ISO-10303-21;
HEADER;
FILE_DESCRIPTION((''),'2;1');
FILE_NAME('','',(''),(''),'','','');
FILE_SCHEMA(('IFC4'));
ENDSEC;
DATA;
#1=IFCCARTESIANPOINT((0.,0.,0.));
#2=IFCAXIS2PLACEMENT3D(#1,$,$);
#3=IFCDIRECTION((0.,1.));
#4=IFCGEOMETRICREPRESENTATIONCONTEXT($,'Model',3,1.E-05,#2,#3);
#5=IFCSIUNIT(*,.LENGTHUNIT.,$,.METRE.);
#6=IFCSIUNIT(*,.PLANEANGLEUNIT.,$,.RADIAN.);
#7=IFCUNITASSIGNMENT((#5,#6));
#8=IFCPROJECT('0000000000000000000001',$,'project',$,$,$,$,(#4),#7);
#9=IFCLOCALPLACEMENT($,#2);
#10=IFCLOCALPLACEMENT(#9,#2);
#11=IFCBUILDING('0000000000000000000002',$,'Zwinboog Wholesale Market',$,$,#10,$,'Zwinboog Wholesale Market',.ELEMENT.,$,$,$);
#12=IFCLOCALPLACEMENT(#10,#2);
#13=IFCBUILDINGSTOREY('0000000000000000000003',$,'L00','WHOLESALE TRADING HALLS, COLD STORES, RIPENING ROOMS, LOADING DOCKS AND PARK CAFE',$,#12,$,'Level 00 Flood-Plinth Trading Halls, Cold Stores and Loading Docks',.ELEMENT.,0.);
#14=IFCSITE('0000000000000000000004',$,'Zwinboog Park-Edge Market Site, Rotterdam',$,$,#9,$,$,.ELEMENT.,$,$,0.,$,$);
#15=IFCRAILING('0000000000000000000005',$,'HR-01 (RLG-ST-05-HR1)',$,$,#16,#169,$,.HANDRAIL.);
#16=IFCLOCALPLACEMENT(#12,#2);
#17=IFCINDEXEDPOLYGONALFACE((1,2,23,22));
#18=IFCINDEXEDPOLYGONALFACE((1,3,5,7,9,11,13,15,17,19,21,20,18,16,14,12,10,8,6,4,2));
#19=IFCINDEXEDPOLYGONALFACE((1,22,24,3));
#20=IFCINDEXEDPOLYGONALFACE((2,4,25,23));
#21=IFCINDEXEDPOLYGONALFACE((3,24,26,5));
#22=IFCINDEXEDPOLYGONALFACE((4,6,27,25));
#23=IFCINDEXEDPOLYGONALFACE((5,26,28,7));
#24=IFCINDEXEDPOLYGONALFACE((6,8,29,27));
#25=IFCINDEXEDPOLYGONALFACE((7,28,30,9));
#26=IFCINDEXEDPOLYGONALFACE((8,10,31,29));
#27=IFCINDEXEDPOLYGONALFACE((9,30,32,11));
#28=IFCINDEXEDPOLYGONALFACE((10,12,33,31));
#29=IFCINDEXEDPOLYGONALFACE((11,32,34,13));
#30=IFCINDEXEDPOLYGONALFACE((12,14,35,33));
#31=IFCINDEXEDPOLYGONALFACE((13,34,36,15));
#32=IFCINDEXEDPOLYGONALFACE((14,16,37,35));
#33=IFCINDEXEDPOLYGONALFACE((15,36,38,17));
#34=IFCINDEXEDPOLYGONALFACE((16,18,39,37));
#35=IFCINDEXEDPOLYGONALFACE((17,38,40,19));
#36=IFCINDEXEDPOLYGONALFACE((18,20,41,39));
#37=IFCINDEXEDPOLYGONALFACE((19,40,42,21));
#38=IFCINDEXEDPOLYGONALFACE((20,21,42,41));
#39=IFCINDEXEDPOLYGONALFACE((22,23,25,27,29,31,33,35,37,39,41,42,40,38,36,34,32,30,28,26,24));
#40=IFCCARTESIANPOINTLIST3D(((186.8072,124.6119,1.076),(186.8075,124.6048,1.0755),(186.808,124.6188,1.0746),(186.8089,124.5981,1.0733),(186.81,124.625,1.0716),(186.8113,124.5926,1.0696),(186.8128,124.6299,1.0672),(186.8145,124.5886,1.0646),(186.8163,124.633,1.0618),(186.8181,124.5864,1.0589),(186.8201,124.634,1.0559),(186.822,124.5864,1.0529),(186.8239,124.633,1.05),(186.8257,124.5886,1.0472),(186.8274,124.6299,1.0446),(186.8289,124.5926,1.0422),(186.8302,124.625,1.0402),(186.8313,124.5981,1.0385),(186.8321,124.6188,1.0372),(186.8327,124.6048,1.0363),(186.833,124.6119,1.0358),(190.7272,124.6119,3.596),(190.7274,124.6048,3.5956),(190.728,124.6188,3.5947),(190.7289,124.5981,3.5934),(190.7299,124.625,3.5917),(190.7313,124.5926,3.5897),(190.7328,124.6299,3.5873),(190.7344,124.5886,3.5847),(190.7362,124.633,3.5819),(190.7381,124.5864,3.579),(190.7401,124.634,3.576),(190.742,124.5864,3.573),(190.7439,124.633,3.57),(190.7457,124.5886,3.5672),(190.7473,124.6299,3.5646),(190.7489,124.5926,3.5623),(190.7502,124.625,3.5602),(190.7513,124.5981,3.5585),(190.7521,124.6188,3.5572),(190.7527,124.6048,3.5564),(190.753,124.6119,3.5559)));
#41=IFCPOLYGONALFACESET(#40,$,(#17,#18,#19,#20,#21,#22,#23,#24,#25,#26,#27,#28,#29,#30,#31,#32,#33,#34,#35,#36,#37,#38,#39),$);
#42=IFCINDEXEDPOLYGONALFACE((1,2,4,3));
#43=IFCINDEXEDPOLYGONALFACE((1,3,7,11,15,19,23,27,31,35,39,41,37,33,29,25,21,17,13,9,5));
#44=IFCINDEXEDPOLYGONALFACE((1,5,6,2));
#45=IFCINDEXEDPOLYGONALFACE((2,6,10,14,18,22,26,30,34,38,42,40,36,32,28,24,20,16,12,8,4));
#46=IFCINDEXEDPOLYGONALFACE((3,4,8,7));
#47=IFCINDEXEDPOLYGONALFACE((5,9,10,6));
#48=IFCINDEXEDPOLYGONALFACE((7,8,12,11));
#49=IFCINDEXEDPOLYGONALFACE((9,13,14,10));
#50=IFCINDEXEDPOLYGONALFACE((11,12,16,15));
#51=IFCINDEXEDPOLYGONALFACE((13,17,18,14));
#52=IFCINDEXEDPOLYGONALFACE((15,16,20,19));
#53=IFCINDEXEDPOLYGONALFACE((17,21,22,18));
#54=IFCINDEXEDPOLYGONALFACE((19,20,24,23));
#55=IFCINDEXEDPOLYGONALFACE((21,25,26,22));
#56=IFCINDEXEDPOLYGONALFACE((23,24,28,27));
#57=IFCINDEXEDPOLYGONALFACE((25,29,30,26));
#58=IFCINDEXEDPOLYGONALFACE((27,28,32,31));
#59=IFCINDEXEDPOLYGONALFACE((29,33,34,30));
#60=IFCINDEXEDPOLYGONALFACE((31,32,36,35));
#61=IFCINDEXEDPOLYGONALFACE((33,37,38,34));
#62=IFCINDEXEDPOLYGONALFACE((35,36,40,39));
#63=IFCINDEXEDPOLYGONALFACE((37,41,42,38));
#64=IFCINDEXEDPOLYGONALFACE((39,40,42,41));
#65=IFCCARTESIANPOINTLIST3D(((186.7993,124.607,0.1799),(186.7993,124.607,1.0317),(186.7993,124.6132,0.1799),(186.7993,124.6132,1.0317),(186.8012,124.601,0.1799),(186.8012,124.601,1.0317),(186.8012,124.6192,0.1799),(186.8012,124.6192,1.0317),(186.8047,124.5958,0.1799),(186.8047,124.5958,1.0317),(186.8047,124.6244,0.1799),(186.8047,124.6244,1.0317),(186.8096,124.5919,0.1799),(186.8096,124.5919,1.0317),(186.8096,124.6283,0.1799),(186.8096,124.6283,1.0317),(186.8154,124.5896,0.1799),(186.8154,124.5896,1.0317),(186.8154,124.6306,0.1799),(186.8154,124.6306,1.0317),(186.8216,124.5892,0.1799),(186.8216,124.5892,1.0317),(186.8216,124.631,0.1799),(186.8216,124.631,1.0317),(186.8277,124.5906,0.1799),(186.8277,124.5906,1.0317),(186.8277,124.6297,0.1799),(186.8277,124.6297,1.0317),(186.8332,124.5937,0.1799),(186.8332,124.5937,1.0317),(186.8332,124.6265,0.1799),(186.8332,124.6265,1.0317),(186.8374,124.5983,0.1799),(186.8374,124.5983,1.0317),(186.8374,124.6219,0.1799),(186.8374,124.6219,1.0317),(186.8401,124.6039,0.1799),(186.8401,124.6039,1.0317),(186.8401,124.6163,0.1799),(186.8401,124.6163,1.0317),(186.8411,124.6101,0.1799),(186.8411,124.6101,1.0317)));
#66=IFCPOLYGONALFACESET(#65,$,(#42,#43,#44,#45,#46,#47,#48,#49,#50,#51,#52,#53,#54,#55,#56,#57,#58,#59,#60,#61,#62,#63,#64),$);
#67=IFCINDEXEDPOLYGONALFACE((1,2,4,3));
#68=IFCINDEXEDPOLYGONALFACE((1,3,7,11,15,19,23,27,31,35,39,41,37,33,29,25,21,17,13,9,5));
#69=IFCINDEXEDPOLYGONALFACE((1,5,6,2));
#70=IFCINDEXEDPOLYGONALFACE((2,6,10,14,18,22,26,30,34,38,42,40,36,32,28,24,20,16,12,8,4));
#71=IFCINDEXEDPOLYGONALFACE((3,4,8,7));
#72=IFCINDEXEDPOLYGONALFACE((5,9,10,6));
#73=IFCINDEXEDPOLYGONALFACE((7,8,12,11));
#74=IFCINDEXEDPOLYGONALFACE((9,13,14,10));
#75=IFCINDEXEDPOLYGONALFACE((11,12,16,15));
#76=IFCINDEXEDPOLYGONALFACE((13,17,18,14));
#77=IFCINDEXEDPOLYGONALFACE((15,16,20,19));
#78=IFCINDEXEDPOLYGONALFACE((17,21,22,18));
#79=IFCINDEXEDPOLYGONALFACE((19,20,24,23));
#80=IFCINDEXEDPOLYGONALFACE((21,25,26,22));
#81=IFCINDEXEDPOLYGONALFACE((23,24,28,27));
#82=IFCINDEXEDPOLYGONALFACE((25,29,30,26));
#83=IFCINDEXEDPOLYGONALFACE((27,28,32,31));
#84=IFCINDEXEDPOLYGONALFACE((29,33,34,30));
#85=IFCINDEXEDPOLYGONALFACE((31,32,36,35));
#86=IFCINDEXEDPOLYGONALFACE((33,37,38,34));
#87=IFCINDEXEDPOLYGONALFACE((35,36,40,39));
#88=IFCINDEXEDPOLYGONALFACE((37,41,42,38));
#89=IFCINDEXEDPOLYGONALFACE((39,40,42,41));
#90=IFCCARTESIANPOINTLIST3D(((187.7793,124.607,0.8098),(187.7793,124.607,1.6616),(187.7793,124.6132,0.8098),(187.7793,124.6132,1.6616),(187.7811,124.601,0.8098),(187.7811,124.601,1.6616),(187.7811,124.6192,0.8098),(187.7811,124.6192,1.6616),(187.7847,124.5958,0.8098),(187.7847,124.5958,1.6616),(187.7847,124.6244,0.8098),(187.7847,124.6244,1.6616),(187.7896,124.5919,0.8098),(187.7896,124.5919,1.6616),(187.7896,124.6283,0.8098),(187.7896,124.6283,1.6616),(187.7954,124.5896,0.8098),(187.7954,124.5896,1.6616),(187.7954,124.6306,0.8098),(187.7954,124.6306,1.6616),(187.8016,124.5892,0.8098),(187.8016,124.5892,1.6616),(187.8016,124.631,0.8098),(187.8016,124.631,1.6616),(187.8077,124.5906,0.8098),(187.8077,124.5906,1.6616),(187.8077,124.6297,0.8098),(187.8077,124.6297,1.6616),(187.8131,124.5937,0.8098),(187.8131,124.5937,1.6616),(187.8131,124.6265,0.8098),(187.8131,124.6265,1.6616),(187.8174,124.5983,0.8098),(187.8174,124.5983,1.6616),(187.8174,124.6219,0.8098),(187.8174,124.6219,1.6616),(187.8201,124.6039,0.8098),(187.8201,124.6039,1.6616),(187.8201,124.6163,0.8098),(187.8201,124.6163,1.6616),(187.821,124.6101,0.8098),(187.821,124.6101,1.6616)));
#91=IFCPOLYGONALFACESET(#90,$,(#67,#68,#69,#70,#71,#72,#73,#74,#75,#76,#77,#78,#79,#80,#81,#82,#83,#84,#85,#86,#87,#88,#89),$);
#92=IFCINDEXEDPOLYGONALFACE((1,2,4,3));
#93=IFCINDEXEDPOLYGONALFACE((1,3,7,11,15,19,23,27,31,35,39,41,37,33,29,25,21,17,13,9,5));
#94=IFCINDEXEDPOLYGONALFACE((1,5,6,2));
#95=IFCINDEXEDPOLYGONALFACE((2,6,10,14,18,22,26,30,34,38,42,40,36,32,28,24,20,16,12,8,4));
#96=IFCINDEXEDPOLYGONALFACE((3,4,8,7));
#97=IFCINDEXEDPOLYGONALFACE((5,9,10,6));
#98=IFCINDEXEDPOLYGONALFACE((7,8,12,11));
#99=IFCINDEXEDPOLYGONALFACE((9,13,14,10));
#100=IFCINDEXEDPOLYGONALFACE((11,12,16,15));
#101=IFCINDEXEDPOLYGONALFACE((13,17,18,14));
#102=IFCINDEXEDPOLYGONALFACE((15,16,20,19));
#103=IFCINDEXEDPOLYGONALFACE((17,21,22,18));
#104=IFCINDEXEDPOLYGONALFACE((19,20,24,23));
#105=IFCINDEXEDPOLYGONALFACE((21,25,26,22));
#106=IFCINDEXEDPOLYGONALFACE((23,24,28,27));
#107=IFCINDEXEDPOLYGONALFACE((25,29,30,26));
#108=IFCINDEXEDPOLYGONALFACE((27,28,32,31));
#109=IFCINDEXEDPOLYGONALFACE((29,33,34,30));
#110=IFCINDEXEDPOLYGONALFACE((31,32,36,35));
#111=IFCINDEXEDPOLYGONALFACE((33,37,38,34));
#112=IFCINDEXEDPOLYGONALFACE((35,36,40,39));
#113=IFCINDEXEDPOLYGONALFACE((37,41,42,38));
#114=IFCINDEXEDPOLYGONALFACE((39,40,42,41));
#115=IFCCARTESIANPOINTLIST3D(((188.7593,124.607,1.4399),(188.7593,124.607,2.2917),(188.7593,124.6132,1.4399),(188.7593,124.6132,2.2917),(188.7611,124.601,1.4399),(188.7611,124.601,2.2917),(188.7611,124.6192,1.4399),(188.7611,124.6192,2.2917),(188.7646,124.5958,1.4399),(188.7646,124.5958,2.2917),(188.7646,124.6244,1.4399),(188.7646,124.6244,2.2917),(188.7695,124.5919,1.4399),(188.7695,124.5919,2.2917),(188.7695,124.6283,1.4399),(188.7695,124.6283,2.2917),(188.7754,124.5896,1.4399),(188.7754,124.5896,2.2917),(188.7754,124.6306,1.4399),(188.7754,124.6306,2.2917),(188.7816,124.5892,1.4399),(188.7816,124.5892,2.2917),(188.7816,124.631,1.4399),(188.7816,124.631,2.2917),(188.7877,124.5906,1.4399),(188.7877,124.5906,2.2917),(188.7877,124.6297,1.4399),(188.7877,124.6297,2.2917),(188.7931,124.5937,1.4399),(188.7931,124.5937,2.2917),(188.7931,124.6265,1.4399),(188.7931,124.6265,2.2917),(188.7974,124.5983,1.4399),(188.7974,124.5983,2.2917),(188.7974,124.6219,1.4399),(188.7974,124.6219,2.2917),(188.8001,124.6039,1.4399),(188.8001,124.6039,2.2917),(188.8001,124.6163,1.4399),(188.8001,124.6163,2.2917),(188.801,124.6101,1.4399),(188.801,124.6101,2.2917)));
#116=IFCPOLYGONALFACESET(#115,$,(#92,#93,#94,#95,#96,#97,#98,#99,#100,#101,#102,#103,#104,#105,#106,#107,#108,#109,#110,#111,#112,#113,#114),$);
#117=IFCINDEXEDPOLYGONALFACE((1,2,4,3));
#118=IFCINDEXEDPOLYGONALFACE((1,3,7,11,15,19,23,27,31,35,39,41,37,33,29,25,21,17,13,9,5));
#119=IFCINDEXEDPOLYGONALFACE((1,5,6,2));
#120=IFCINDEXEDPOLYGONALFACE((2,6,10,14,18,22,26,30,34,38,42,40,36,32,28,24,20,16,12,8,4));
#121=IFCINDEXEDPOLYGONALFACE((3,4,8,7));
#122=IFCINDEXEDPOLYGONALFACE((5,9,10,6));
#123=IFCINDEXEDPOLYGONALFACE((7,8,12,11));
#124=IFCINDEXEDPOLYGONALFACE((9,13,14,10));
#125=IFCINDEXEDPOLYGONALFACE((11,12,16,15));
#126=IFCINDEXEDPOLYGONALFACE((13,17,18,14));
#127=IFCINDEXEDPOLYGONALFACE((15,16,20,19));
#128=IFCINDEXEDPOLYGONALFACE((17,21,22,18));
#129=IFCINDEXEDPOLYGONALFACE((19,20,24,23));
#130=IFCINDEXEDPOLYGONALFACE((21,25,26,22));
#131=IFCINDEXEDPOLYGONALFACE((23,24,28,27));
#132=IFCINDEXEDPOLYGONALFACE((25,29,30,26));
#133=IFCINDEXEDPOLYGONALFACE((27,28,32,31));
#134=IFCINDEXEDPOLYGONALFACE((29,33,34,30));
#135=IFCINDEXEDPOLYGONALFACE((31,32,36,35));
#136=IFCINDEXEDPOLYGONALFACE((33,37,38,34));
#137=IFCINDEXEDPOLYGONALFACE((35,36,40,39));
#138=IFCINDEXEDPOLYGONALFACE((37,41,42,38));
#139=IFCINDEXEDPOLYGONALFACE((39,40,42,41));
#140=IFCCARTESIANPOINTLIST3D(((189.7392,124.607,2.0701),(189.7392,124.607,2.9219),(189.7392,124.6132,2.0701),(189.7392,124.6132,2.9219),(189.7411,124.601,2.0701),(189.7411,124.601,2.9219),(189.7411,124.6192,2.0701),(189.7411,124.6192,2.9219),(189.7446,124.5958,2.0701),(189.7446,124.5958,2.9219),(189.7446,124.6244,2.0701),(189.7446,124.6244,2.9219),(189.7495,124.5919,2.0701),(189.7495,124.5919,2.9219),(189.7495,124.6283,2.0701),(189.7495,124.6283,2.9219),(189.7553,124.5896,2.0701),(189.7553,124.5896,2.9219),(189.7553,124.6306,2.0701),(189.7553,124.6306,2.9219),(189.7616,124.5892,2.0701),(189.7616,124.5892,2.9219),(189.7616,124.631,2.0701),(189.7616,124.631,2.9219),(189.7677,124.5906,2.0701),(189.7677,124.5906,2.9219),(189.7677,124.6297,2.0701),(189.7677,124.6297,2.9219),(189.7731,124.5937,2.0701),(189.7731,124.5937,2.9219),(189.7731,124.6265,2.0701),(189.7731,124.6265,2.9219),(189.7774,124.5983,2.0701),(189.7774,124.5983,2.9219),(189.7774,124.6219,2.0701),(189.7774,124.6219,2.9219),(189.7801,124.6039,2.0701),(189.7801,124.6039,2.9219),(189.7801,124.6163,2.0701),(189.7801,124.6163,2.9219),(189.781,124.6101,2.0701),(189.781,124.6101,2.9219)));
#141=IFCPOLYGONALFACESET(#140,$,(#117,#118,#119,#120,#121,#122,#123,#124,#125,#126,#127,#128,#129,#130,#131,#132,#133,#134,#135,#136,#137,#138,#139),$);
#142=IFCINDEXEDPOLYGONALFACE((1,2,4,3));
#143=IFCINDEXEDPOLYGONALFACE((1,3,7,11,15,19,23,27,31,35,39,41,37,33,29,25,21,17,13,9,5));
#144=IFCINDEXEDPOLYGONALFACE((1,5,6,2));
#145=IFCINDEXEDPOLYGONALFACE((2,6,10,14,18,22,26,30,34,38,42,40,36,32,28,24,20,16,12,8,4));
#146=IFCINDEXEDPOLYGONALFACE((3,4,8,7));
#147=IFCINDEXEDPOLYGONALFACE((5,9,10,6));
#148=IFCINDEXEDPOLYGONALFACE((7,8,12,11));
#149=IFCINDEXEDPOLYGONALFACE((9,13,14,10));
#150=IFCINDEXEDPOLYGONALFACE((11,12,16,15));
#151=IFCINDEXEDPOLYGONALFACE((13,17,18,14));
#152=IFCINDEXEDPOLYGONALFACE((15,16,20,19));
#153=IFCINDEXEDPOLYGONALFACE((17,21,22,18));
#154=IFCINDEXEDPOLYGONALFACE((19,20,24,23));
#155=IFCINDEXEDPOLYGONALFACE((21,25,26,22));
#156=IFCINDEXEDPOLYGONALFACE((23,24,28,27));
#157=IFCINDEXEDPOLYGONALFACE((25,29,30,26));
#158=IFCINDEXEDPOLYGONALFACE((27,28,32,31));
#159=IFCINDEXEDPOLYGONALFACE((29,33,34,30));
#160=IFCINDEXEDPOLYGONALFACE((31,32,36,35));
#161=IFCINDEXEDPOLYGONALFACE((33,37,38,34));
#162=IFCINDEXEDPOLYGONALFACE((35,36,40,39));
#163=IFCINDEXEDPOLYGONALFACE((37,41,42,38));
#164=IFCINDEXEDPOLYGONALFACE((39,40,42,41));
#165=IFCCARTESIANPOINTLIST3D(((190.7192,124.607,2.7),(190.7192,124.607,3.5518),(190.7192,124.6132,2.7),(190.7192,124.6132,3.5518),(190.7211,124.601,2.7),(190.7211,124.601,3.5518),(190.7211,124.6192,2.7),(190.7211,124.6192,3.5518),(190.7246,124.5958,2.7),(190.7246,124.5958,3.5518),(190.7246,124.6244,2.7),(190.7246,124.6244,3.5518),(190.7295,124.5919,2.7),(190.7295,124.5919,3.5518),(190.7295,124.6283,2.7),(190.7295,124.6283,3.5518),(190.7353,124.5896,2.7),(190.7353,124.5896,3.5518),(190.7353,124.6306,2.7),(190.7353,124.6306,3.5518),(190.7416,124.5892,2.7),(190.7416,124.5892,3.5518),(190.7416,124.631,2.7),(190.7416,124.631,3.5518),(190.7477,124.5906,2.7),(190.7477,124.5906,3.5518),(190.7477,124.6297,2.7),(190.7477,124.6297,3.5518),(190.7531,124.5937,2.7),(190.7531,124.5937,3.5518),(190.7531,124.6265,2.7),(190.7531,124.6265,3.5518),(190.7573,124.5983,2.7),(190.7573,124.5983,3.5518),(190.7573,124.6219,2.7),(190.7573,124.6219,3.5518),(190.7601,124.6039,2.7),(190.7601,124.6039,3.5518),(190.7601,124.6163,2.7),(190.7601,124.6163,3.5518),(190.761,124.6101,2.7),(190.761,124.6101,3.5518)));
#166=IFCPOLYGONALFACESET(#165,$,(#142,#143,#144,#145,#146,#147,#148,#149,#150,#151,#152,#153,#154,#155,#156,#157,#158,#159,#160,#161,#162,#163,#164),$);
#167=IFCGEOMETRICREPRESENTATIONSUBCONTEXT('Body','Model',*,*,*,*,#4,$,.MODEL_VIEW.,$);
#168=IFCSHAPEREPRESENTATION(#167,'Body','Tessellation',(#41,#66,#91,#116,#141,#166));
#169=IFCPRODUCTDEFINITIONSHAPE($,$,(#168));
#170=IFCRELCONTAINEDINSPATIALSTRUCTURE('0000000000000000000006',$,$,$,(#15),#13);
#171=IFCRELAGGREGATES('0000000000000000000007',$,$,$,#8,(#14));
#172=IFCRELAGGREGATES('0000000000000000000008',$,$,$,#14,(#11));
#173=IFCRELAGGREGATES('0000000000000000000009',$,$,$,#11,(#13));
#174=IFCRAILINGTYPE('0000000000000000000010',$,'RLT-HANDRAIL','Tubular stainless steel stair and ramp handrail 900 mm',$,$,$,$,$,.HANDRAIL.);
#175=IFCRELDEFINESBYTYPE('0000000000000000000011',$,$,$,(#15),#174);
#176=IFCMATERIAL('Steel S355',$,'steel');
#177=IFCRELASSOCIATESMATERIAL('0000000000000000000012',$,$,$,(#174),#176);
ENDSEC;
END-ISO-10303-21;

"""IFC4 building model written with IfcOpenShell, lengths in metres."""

from ifc_helpers import new_model, si_unit, direction, frame, origin, origin_2d, place, context, subcontext, project, spatial, circle, extrude, material, type_object, element, save


model = new_model("IFC4")

# Units and contexts
model_context = context("Model", 3, precision=1e-05, world=origin(), true_north=direction((0.0, 1.0)))
body_context = subcontext(model_context, "Body", "Model", "MODEL_VIEW")
ifc_project = project(units=[si_unit("LENGTHUNIT", "METRE"), si_unit("PLANEANGLEUNIT", "RADIAN")], contexts=[model_context])

# Site, building, storey
site_placement = place(None, origin())
site = spatial("IfcSite", under=ifc_project, at=site_placement, Name="Zwinboog Park-Edge Market Site, Rotterdam", CompositionType="ELEMENT", RefElevation=0.0)
building_placement = place(site_placement, origin())
building = spatial("IfcBuilding", under=site, at=building_placement, Name="Zwinboog Wholesale Market", LongName="Zwinboog Wholesale Market", CompositionType="ELEMENT")
storey_placement = place(building_placement, origin())
storey = spatial("IfcBuildingStorey", under=building, at=storey_placement, Name="L00", Description="WHOLESALE TRADING HALLS, COLD STORES, RIPENING ROOMS, LOADING DOCKS AND PARK CAFE", LongName="Level 00 Flood-Plinth Trading Halls, Cold Stores and Loading Docks", CompositionType="ELEMENT", Elevation=0.0)

# Railing
ifc_material_1 = material(Name="Steel S355", Category="steel")
railing_type_1 = type_object("IfcRailingType", Name="RLT-HANDRAIL", Description="Tubular stainless steel stair and ramp handrail 900 mm", PredefinedType="HANDRAIL", material=ifc_material_1)
railing_1_placement = place(storey_placement, frame((186.8201, 124.6101, 0.1799)))
element("IfcRailing", 1, at=railing_1_placement, inside=storey, type_object=railing_type_1, Name="HR-01 (RLG-ST-05-HR1)", PredefinedType="HANDRAIL", context=body_context, shape_type="SweptSolid", body=[
    extrude(circle(Radius=0.0239, at=origin_2d()), frame((0.0, 0.0, 0.876), z_axis=(0.841172, 0.0, 0.540768), x_axis=(0.0, 1.0, 0.0)), (0.0, 0.0, 1.0), 4.6602),
    extrude(circle(Radius=0.021, at=origin_2d()), origin(), (0.0, 0.0, 1.0), 0.8518),
    extrude(circle(Radius=0.021, at=origin_2d()), frame((0.98, 0.0, 0.6299)), (0.0, 0.0, 1.0), 0.8518),
    extrude(circle(Radius=0.021, at=origin_2d()), frame((1.96, 0.0, 1.26)), (0.0, 0.0, 1.0), 0.8518),
    extrude(circle(Radius=0.021, at=origin_2d()), frame((2.9399, 0.0, 1.8901)), (0.0, 0.0, 1.0), 0.8518),
    extrude(circle(Radius=0.021, at=origin_2d()), frame((3.9199, 0.0, 2.52)), (0.0, 0.0, 1.0), 0.8518),
])

save(model, "model.ifc")
